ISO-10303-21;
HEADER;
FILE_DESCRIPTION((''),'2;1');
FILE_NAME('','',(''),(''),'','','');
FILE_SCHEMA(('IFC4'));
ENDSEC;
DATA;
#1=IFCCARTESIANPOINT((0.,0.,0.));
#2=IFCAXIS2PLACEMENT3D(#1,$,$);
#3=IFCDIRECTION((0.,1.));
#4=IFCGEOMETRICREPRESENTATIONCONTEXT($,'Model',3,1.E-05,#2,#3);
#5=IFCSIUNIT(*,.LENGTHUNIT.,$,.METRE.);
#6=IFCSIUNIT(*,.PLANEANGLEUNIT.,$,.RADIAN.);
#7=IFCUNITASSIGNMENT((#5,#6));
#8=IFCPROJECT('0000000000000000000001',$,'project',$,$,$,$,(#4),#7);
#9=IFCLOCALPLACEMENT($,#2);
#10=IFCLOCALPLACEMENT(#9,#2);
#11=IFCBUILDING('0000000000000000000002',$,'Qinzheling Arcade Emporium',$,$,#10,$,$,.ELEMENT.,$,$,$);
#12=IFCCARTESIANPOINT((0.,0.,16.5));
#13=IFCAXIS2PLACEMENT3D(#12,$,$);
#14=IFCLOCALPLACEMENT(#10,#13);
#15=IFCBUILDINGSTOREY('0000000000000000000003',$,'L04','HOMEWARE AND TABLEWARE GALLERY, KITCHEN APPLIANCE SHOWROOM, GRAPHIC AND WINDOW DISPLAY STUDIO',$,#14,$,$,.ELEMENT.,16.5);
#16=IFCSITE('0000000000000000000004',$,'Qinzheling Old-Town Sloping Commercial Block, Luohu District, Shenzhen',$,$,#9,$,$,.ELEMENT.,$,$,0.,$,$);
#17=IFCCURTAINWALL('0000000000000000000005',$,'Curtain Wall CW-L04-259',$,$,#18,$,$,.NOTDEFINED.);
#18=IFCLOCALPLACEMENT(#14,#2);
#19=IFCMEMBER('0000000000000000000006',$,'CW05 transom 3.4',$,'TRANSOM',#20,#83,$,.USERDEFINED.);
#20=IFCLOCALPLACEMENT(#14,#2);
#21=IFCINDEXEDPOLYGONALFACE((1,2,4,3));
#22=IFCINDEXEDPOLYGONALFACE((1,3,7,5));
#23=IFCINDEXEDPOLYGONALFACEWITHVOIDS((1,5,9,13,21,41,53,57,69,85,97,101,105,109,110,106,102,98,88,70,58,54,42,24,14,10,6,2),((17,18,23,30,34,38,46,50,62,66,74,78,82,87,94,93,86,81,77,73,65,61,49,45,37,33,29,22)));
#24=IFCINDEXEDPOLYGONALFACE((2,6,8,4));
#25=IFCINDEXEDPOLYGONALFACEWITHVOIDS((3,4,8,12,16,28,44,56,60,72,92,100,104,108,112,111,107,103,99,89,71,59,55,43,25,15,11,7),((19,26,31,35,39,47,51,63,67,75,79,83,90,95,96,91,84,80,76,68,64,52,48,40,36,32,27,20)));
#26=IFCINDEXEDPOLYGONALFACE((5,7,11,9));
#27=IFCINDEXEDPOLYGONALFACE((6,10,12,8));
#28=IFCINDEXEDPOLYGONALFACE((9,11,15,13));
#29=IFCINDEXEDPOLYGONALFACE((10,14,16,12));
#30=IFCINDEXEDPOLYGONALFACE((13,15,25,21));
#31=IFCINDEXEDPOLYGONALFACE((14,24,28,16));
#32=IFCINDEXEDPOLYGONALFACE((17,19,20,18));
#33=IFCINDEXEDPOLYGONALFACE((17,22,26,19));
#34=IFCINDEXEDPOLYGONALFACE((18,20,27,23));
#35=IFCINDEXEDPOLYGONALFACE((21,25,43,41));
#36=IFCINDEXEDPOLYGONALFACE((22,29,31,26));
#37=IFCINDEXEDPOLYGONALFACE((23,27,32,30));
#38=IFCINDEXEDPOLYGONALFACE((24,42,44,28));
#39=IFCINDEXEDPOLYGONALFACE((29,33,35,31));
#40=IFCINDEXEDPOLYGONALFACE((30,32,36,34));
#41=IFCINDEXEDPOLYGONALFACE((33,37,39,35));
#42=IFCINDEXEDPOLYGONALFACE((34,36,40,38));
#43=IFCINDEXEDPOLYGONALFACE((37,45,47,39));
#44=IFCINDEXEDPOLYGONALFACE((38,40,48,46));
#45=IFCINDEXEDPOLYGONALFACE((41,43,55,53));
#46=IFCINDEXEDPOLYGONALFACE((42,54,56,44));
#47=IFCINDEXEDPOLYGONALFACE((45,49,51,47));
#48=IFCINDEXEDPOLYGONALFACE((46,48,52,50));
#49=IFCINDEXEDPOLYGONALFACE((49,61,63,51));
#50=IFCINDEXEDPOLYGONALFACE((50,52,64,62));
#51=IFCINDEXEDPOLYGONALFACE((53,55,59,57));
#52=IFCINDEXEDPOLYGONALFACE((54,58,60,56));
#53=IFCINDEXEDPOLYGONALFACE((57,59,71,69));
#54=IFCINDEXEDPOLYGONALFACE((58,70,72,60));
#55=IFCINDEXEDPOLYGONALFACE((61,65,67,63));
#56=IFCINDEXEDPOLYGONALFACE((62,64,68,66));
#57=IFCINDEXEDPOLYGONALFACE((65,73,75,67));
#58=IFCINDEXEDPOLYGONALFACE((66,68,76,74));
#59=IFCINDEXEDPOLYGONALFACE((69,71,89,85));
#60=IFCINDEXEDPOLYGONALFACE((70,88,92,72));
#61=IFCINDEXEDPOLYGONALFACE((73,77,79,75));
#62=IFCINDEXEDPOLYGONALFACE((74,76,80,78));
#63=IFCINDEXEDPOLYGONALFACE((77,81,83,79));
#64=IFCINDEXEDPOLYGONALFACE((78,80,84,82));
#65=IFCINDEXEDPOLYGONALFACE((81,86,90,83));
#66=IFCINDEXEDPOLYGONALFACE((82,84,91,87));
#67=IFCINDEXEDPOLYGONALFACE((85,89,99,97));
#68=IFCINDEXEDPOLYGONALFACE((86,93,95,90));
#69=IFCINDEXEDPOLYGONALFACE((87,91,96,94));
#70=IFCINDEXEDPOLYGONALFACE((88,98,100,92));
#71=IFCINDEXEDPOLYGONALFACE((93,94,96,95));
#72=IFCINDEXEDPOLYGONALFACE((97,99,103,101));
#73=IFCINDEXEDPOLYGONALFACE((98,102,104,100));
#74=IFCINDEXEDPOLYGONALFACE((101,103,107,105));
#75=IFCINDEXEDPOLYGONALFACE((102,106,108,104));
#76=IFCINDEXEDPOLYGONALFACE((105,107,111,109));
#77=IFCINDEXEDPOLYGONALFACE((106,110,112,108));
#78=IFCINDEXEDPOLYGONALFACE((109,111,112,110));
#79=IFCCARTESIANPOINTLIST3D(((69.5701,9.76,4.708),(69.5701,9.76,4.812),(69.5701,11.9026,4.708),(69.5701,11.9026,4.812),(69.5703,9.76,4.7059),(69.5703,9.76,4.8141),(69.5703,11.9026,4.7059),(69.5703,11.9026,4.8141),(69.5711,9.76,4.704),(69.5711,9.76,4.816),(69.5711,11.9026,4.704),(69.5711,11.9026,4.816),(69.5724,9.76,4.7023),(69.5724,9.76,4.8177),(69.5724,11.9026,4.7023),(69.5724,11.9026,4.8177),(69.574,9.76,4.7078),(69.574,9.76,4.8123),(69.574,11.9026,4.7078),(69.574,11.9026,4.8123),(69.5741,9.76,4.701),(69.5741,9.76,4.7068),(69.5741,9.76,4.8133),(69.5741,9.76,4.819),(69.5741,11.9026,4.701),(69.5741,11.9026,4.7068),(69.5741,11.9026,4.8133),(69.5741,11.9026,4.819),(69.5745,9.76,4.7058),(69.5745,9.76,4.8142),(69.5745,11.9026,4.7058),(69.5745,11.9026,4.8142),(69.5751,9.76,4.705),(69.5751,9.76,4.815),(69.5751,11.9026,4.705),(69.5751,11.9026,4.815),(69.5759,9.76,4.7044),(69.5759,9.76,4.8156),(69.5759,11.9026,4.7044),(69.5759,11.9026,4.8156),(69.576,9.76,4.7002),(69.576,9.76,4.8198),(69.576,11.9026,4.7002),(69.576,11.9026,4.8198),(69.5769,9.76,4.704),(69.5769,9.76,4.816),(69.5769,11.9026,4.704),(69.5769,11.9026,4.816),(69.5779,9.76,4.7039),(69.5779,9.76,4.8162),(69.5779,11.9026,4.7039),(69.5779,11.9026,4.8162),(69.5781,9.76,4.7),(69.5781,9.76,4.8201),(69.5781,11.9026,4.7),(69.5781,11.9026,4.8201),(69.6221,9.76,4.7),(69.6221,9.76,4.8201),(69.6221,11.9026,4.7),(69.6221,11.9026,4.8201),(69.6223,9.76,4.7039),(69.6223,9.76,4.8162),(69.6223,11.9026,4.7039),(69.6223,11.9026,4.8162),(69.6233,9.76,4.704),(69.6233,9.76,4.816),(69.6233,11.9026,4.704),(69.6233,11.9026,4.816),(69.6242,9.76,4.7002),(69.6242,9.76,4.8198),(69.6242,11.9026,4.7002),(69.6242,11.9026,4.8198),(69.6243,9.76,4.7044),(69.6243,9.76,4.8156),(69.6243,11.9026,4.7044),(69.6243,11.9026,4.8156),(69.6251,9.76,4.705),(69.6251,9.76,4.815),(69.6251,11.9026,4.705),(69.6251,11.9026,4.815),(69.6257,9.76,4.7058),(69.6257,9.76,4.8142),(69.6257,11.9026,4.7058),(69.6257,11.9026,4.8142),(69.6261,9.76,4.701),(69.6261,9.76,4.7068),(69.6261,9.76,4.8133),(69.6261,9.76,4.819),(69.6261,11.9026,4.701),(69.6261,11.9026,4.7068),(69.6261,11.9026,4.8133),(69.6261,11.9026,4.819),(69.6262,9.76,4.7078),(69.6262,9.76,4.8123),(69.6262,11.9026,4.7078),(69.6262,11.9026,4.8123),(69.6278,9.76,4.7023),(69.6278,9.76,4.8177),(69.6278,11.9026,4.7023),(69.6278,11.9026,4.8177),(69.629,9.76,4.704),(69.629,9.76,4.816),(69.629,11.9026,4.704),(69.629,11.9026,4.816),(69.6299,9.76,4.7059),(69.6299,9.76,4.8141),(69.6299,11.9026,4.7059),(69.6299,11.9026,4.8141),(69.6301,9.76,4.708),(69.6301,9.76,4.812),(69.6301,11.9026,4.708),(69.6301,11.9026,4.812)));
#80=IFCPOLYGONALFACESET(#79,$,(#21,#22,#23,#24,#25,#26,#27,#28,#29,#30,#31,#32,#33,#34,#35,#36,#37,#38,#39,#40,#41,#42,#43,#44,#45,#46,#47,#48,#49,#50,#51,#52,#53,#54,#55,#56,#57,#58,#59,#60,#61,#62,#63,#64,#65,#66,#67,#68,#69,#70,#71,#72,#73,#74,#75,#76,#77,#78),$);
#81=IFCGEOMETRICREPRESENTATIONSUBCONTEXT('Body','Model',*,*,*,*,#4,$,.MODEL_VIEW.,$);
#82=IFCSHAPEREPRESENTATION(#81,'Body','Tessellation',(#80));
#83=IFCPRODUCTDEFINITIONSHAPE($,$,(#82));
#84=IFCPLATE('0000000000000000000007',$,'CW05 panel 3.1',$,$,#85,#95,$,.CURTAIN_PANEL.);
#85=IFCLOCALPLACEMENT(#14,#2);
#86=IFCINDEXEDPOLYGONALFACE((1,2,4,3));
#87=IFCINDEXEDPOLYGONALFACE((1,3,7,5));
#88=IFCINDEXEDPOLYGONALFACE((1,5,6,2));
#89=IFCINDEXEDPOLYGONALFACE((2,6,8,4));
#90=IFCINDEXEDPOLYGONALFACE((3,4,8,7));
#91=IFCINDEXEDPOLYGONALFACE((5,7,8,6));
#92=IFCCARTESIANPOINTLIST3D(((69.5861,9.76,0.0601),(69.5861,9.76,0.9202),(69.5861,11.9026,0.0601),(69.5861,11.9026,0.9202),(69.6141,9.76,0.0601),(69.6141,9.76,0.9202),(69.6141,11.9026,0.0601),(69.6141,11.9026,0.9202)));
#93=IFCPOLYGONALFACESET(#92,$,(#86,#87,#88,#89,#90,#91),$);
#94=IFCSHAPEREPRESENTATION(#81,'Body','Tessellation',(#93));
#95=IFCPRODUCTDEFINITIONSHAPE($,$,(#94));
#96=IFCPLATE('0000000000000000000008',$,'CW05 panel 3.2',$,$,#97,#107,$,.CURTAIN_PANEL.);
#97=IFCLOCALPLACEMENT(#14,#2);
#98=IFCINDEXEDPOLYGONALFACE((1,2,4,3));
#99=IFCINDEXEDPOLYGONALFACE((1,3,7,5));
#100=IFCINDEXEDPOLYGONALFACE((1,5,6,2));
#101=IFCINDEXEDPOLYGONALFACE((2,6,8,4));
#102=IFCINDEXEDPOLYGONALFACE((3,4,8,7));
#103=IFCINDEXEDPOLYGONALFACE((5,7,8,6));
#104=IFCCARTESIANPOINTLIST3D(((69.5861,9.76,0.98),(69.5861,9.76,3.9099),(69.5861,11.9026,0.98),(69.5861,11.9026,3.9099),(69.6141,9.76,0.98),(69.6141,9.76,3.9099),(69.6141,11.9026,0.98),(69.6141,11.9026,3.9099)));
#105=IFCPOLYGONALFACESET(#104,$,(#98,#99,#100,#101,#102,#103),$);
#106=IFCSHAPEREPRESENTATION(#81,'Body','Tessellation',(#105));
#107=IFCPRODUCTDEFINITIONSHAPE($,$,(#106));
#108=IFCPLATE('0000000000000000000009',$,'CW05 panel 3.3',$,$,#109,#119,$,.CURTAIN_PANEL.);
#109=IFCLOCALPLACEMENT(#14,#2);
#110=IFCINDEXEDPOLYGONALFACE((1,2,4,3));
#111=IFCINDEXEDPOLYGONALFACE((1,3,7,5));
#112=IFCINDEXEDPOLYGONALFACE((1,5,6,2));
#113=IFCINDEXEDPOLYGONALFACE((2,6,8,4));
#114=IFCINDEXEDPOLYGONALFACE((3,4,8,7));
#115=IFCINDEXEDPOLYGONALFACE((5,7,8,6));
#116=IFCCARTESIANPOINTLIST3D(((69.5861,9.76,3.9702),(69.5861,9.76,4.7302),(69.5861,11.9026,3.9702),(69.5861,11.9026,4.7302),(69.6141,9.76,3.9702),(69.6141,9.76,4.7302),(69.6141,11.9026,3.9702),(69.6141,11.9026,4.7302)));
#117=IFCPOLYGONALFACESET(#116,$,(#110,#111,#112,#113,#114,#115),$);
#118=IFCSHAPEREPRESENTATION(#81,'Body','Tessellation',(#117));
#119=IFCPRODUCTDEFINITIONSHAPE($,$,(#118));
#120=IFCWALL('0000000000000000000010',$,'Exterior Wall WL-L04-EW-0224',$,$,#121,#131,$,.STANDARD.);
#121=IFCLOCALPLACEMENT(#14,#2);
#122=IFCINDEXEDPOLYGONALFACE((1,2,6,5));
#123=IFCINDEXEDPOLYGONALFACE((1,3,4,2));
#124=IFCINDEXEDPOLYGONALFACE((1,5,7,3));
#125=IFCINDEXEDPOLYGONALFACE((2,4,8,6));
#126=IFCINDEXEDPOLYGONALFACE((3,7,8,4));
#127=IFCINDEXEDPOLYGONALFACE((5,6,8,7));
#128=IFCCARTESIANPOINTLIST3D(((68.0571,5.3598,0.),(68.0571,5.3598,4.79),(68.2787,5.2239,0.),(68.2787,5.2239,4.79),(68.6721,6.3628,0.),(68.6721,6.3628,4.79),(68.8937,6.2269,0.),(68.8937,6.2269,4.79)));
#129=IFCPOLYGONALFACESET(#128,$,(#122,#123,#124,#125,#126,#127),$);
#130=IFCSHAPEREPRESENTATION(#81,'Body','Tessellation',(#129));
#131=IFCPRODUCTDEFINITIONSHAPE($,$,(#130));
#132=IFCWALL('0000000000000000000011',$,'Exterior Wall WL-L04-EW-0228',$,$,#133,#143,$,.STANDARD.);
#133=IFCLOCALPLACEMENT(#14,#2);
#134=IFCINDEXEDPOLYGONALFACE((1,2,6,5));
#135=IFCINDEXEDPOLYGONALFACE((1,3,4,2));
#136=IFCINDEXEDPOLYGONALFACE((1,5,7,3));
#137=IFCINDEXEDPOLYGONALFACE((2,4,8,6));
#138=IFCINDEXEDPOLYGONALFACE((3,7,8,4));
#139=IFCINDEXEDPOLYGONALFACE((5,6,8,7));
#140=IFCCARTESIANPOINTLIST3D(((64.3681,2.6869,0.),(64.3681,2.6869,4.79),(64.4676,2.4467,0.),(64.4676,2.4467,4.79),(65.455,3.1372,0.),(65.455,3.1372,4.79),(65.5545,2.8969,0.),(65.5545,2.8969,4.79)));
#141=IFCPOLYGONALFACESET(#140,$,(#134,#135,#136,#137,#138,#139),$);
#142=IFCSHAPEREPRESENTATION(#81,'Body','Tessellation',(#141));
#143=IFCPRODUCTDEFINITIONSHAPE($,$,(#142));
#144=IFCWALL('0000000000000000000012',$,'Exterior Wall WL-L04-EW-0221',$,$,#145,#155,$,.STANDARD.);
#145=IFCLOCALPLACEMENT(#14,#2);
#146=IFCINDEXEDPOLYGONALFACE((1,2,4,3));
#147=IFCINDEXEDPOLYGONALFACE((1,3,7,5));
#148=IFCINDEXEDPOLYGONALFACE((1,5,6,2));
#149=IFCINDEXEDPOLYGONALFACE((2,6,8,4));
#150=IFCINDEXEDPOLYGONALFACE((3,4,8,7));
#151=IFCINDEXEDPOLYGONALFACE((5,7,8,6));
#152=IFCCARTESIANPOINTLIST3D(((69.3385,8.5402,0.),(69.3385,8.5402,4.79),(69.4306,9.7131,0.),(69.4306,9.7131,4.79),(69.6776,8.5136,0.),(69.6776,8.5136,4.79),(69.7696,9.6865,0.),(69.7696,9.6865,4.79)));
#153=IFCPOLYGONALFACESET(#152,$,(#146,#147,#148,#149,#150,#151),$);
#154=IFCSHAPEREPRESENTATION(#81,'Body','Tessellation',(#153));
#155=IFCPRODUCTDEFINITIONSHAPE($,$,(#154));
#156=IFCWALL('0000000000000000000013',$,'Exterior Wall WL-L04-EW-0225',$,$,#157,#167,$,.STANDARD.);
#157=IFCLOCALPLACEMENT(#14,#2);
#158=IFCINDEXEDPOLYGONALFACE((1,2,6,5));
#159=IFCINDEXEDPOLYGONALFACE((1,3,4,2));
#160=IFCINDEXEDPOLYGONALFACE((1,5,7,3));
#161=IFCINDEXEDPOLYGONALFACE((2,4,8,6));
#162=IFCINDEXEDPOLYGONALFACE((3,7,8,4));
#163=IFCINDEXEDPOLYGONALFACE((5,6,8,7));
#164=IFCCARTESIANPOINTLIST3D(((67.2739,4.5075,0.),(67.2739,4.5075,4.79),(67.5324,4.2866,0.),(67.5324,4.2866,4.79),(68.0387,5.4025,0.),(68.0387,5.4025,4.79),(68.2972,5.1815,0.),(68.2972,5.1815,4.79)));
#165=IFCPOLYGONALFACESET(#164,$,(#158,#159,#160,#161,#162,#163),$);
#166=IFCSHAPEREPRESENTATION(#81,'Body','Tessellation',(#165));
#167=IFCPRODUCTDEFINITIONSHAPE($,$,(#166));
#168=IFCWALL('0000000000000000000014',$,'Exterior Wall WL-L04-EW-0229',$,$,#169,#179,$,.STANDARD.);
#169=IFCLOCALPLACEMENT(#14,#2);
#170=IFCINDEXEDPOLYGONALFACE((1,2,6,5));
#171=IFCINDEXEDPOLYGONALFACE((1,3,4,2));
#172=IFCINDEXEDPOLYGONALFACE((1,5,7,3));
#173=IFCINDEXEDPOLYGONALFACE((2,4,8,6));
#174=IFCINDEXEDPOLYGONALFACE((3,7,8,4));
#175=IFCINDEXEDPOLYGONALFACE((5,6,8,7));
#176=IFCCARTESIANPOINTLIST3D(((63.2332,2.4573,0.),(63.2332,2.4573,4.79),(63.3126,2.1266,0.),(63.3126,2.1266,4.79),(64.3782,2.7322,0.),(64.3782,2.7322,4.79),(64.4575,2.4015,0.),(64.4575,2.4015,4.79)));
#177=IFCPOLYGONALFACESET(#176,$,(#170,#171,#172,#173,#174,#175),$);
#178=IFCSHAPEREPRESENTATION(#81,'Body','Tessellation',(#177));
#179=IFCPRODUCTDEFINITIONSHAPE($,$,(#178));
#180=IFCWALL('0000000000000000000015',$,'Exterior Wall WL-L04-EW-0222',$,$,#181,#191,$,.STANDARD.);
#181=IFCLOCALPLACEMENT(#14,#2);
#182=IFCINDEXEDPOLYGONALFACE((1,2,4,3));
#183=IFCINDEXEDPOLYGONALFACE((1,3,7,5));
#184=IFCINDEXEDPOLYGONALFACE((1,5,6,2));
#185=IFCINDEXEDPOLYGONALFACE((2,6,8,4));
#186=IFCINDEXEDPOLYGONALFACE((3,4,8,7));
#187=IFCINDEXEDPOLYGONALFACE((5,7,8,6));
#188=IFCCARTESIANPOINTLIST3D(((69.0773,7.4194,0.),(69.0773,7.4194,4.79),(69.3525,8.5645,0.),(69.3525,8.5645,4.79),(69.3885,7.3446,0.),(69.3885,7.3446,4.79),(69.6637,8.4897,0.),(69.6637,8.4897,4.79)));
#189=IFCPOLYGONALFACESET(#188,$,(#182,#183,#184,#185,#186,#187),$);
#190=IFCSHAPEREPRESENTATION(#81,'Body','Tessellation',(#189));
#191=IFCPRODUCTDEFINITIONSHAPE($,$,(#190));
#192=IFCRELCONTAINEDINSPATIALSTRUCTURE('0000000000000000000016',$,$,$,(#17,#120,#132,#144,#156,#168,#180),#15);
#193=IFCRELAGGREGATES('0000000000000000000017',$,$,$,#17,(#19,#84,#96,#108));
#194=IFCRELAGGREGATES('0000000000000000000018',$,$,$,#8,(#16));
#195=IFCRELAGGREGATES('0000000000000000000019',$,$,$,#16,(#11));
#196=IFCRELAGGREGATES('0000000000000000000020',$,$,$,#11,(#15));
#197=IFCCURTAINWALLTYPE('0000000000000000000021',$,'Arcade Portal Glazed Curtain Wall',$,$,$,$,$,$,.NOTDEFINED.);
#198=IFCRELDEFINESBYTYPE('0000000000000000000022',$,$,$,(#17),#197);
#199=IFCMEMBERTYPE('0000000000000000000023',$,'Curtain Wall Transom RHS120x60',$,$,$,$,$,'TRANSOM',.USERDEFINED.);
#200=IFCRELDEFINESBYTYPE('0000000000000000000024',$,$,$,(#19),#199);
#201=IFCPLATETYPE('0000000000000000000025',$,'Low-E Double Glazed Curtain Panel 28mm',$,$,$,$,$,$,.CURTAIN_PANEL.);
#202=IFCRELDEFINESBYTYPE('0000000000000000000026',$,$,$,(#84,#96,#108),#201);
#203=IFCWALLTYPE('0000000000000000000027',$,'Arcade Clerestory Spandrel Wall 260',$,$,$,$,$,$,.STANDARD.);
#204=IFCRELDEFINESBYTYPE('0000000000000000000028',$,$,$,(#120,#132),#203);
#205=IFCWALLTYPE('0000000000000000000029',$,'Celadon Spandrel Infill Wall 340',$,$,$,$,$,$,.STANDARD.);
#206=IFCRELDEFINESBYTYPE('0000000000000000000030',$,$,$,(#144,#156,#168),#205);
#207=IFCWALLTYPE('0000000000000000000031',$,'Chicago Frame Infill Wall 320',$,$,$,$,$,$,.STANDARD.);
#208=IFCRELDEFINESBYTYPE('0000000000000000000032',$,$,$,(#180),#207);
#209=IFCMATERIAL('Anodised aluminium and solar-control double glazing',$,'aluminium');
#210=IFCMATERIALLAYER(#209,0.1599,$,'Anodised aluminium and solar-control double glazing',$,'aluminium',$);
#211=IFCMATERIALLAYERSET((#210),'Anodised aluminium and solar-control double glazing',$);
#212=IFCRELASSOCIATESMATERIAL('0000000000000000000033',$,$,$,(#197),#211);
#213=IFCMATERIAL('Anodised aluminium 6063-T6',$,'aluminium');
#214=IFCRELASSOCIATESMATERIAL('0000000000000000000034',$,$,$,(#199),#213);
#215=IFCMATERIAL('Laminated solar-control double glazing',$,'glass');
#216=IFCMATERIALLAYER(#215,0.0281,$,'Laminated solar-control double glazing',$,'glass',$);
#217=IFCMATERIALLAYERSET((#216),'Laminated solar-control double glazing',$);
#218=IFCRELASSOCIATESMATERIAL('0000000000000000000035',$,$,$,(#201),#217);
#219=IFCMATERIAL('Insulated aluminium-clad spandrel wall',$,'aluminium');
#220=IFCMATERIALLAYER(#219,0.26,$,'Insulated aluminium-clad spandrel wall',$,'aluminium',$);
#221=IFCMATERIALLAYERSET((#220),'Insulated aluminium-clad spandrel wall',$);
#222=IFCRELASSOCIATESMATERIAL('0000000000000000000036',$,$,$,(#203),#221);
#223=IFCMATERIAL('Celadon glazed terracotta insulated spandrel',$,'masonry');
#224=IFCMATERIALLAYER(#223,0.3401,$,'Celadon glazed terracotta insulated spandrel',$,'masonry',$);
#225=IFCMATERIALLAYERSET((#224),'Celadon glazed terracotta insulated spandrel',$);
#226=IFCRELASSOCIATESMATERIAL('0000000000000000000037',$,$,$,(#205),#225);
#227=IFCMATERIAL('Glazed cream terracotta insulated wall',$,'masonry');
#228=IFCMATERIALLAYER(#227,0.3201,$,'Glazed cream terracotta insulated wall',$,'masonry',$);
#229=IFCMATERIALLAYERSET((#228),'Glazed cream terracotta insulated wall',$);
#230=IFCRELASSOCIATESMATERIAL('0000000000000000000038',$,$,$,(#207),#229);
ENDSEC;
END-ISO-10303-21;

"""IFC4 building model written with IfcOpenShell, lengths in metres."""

from ifc_helpers import new_model, si_unit, direction, frame, frame_2d, origin, origin_2d, place, context, subcontext, project, spatial, rectangle, hollow_rectangle, extrude, material, layer, layer_set, material_profile, profile_set, type_object, element, aggregate, save


model = new_model("IFC4")

# Units and contexts
model_context = context("Model", 3, precision=1e-05, world=origin(), true_north=direction((0.0, 1.0)))
body_context = subcontext(model_context, "Body", "Model", "MODEL_VIEW")
ifc_project = project(units=[si_unit("LENGTHUNIT", "METRE"), si_unit("PLANEANGLEUNIT", "RADIAN")], contexts=[model_context])

# Site, building, storey
site_placement = place(None, origin())
site = spatial("IfcSite", under=ifc_project, at=site_placement, Name="Qinzheling Old-Town Sloping Commercial Block, Luohu District, Shenzhen", CompositionType="ELEMENT", RefElevation=0.0)
building_placement = place(site_placement, origin())
building = spatial("IfcBuilding", under=site, at=building_placement, Name="Qinzheling Arcade Emporium", CompositionType="ELEMENT")
storey_placement = place(building_placement, frame((0.0, 0.0, 16.5)))
storey = spatial("IfcBuildingStorey", under=building, at=storey_placement, Name="L04", Description="HOMEWARE AND TABLEWARE GALLERY, KITCHEN APPLIANCE SHOWROOM, GRAPHIC AND WINDOW DISPLAY STUDIO", CompositionType="ELEMENT", Elevation=16.5)

# Curtain wall, member, plates
ifc_material_1 = material(Name="Anodised aluminium and solar-control double glazing", Category="aluminium")
ifc_layer_1 = layer(ifc_material_1, 0.1599, Name="Anodised aluminium and solar-control double glazing", Category="aluminium")
ifc_layer_set_1 = layer_set([ifc_layer_1], Name="Anodised aluminium and solar-control double glazing")
curtain_wall_type = type_object("IfcCurtainWallType", Name="Arcade Portal Glazed Curtain Wall", PredefinedType="NOTDEFINED", material=ifc_layer_set_1)
curtain_wall_placement = place(storey_placement, origin())
curtain_wall = element("IfcCurtainWall", 1, at=curtain_wall_placement, inside=storey, type_object=curtain_wall_type, Name="Curtain Wall CW-L04-259", PredefinedType="NOTDEFINED")
ifc_material_2 = material(Name="Anodised aluminium 6063-T6", Category="aluminium")
ifc_material_profile_1 = material_profile(ifc_material_2, hollow_rectangle(XDim=0.0601, YDim=0.1201, WallThickness=0.0039, InnerFilletRadius=0.0039, OuterFilletRadius=0.0081, at=origin_2d()), Name="RHS 120x60x4", Category="aluminium")
ifc_profile_set_1 = profile_set([ifc_material_profile_1], Name="Anodised aluminium 6063-T6")
member_type_1 = type_object("IfcMemberType", Name="Curtain Wall Transom RHS120x60", ElementType="TRANSOM", PredefinedType="USERDEFINED", material=ifc_profile_set_1)
member_1_placement = place(storey_placement, frame((69.6001, 11.9026, 4.76), z_axis=(0.0, -1.0, 0.0), x_axis=(1.0, 0.0, 0.0)))
member_1 = element("IfcMember", 2, at=member_1_placement, type_object=member_type_1, Name="CW05 transom 3.4", ObjectType="TRANSOM", PredefinedType="USERDEFINED", context=body_context, shape_type="SweptSolid", body=[
    extrude(hollow_rectangle(XDim=0.0601, YDim=0.1201, WallThickness=0.0039, InnerFilletRadius=0.0039, OuterFilletRadius=0.0081, at=origin_2d()), origin(), (0.0, 0.0, 1.0), 2.1426),
])
ifc_material_3 = material(Name="Laminated solar-control double glazing", Category="glass")
ifc_layer_2 = layer(ifc_material_3, 0.0281, Name="Laminated solar-control double glazing", Category="glass")
ifc_layer_set_2 = layer_set([ifc_layer_2], Name="Laminated solar-control double glazing")
plate_type = type_object("IfcPlateType", Name="Low-E Double Glazed Curtain Panel 28mm", PredefinedType="CURTAIN_PANEL", material=ifc_layer_set_2)
plate_1_placement = place(storey_placement, frame((69.6001, 10.8313, 0.0601), z_axis=(0.0, 0.0, 1.0), x_axis=(0.0, -1.0, 0.0)))
plate_1 = element("IfcPlate", 3, at=plate_1_placement, type_object=plate_type, Name="CW05 panel 3.1", PredefinedType="CURTAIN_PANEL", context=body_context, shape_type="SweptSolid", body=[
    extrude(rectangle(XDim=2.1426, YDim=0.0281, at=origin_2d()), origin(), (0.0, 0.0, 1.0), 0.8601),
])
plate_2_placement = place(storey_placement, frame((69.6001, 10.8313, 0.98), z_axis=(0.0, 0.0, 1.0), x_axis=(0.0, -1.0, 0.0)))
plate_2 = element("IfcPlate", 4, at=plate_2_placement, type_object=plate_type, Name="CW05 panel 3.2", PredefinedType="CURTAIN_PANEL", context=body_context, shape_type="SweptSolid", body=[
    extrude(rectangle(XDim=2.1426, YDim=0.0281, at=origin_2d()), origin(), (0.0, 0.0, 1.0), 2.9299),
])
plate_3_placement = place(storey_placement, frame((69.6001, 10.8313, 3.9702), z_axis=(0.0, 0.0, 1.0), x_axis=(0.0, -1.0, 0.0)))
plate_3 = element("IfcPlate", 5, at=plate_3_placement, type_object=plate_type, Name="CW05 panel 3.3", PredefinedType="CURTAIN_PANEL", context=body_context, shape_type="SweptSolid", body=[
    extrude(rectangle(XDim=2.1426, YDim=0.0281, at=origin_2d()), origin(), (0.0, 0.0, 1.0), 0.76),
])
aggregate(curtain_wall, [member_1, plate_1, plate_2, plate_3])

# Walls
ifc_material_4 = material(Name="Insulated aluminium-clad spandrel wall", Category="aluminium")
ifc_layer_3 = layer(ifc_material_4, 0.26, Name="Insulated aluminium-clad spandrel wall", Category="aluminium")
ifc_layer_set_3 = layer_set([ifc_layer_3], Name="Insulated aluminium-clad spandrel wall")
wall_type_1 = type_object("IfcWallType", Name="Arcade Clerestory Spandrel Wall 260", PredefinedType="STANDARD", material=ifc_layer_set_3)
for number, where, z_axis, x_axis, name in (
    (6, (68.783, 6.2949, 0.0), (0.0, 0.0, 1.0), (-0.522742, -0.852491, 0.0), "Exterior Wall WL-L04-EW-0224"),
    (7, (65.5049, 3.0171, 0.0), (0.0, 0.0, 1.0), (-0.923885, -0.382669, 0.0), "Exterior Wall WL-L04-EW-0228"),
):
    element("IfcWall", number, at=place(storey_placement, frame(where, z_axis=z_axis, x_axis=x_axis)), inside=storey, type_object=wall_type_1, Name=name, PredefinedType="STANDARD", context=body_context, shape_type="SweptSolid", body=[
        extrude(rectangle(XDim=1.1765, YDim=0.26, at=frame_2d((0.5884, 0.0))), origin(), (0.0, 0.0, 1.0), 4.79),
    ])
ifc_material_5 = material(Name="Celadon glazed terracotta insulated spandrel", Category="masonry")
ifc_layer_4 = layer(ifc_material_5, 0.3401, Name="Celadon glazed terracotta insulated spandrel", Category="masonry")
ifc_layer_set_4 = layer_set([ifc_layer_4], Name="Celadon glazed terracotta insulated spandrel")
wall_type_2 = type_object("IfcWallType", Name="Celadon Spandrel Infill Wall 340", PredefinedType="STANDARD", material=ifc_layer_set_4)
wall_1_placement = place(storey_placement, frame((69.6001, 9.7, 0.0), z_axis=(0.0, 0.0, 1.0), x_axis=(-0.078236, -0.996935, 0.0)))
element("IfcWall", 8, at=wall_1_placement, inside=storey, type_object=wall_type_2, Name="Exterior Wall WL-L04-EW-0221", PredefinedType="STANDARD", context=body_context, shape_type="SweptSolid", body=[
    extrude(rectangle(XDim=1.1765, YDim=0.3401, at=frame_2d((0.5884, 0.0))), origin(), (0.0, 0.0, 1.0), 4.79),
])
wall_2_placement = place(storey_placement, frame((68.168, 5.292, 0.0), z_axis=(0.0, 0.0, 1.0), x_axis=(-0.649681, -0.760207, 0.0)))
element("IfcWall", 9, at=wall_2_placement, inside=storey, type_object=wall_type_2, Name="Exterior Wall WL-L04-EW-0225", PredefinedType="STANDARD", context=body_context, shape_type="SweptSolid", body=[
    extrude(rectangle(XDim=1.1772, YDim=0.3401, at=frame_2d((0.5886, 0.0))), origin(), (0.0, 0.0, 1.0), 4.79),
])
wall_3_placement = place(storey_placement, frame((64.418, 2.5669, 0.0), z_axis=(0.0, 0.0, 1.0), x_axis=(-0.972368, -0.233451, 0.0)))
element("IfcWall", 10, at=wall_3_placement, inside=storey, type_object=wall_type_2, Name="Exterior Wall WL-L04-EW-0229", PredefinedType="STANDARD", context=body_context, shape_type="SweptSolid", body=[
    extrude(rectangle(XDim=1.1775, YDim=0.3401, at=frame_2d((0.5889, 0.0))), origin(), (0.0, 0.0, 1.0), 4.79),
])
ifc_material_6 = material(Name="Glazed cream terracotta insulated wall", Category="masonry")
ifc_layer_5 = layer(ifc_material_6, 0.3201, Name="Glazed cream terracotta insulated wall", Category="masonry")
ifc_layer_set_5 = layer_set([ifc_layer_5], Name="Glazed cream terracotta insulated wall")
wall_type_3 = type_object("IfcWallType", Name="Chicago Frame Infill Wall 320", PredefinedType="STANDARD", material=ifc_layer_set_5)
wall_4_placement = place(storey_placement, frame((69.5081, 8.5271, 0.0), z_axis=(0.0, 0.0, 1.0), x_axis=(-0.233647, -0.972321, 0.0)))
element("IfcWall", 11, at=wall_4_placement, inside=storey, type_object=wall_type_3, Name="Exterior Wall WL-L04-EW-0222", PredefinedType="STANDARD", context=body_context, shape_type="SweptSolid", body=[
    extrude(rectangle(XDim=1.1777, YDim=0.3201, at=frame_2d((0.5889, 0.0))), origin(), (0.0, 0.0, 1.0), 4.79),
])

save(model, "model.ifc")
